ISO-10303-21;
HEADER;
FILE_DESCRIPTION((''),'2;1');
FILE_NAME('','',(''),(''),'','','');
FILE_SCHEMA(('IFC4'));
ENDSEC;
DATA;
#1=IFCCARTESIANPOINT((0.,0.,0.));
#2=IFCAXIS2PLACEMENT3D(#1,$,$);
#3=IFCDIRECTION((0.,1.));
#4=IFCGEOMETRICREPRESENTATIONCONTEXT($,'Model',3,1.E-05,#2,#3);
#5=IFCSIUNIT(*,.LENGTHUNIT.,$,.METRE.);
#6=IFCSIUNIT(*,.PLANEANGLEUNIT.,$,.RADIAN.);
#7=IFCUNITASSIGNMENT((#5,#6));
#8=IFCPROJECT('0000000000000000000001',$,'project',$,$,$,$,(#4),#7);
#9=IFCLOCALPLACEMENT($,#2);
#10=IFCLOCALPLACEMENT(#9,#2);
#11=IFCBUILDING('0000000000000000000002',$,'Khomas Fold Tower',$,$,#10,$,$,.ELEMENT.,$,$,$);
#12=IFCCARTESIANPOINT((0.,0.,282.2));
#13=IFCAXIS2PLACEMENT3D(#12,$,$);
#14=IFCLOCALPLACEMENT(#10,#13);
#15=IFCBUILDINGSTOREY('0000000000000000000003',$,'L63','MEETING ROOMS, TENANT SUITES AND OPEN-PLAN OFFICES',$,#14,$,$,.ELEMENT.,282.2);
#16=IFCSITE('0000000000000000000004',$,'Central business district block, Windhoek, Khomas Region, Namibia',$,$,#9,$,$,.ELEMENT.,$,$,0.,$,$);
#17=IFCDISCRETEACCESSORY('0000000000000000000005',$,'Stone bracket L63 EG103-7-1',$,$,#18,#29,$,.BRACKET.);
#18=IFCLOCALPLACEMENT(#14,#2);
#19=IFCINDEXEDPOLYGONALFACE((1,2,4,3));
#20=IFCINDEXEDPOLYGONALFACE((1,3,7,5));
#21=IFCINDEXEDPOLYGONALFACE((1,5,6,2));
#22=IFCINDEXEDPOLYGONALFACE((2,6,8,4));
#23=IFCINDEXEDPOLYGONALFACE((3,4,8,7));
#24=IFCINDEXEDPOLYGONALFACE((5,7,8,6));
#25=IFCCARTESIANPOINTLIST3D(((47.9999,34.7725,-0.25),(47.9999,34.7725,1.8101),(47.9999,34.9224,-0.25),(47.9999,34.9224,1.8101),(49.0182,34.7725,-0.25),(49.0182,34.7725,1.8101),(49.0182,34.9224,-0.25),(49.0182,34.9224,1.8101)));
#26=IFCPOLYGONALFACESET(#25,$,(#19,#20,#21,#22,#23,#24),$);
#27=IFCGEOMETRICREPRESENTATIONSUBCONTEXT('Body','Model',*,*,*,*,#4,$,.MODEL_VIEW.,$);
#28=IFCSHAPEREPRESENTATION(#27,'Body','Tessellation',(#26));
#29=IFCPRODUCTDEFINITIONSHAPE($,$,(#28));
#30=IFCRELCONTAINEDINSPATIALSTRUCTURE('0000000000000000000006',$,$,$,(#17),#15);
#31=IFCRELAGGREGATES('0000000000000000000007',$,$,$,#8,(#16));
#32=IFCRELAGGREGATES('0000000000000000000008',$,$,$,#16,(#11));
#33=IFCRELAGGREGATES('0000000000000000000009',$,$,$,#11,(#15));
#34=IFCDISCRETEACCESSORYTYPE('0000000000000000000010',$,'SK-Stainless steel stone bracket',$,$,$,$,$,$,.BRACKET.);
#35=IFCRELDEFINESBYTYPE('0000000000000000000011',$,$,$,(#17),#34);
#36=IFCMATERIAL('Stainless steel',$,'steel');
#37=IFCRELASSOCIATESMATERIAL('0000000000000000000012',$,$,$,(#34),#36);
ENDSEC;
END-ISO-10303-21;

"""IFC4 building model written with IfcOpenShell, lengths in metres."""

from ifc_helpers import new_model, si_unit, direction, frame, origin, origin_2d, place, context, subcontext, project, spatial, rectangle, extrude, source, transform, mapped, material, type_object, element, save


model = new_model("IFC4")

# Units and contexts
model_context = context("Model", 3, precision=1e-05, world=origin(), true_north=direction((0.0, 1.0)))
body_context = subcontext(model_context, "Body", "Model", "MODEL_VIEW")
ifc_project = project(units=[si_unit("LENGTHUNIT", "METRE"), si_unit("PLANEANGLEUNIT", "RADIAN")], contexts=[model_context])

# Site, building, storey
site_placement = place(None, origin())
site = spatial("IfcSite", under=ifc_project, at=site_placement, Name="Central business district block, Windhoek, Khomas Region, Namibia", CompositionType="ELEMENT", RefElevation=0.0)
building_placement = place(site_placement, origin())
building = spatial("IfcBuilding", under=site, at=building_placement, Name="Khomas Fold Tower", CompositionType="ELEMENT")
storey_placement = place(building_placement, frame((0.0, 0.0, 282.2)))
storey = spatial("IfcBuildingStorey", under=building, at=storey_placement, Name="L63", Description="MEETING ROOMS, TENANT SUITES AND OPEN-PLAN OFFICES", CompositionType="ELEMENT", Elevation=282.2)

# Discrete accessory
ifc_material_1 = material(Name="Stainless steel", Category="steel")
discrete_accessory_type = type_object("IfcDiscreteAccessoryType", Name="SK-Stainless steel stone bracket", PredefinedType="BRACKET", material=ifc_material_1)
shared_shape_1 = source(origin(), body_context, "Body", "SweptSolid", [
    extrude(rectangle(XDim=1.0183, YDim=0.1499, at=origin_2d()), origin(), (0.0, 0.0, 1.0), 2.0601),
])
discrete_accessory_placement = place(storey_placement, frame((48.509, 34.8474, -0.25), z_axis=(0.0, 0.0, 1.0), x_axis=(1.0, 0.0, 0.0)))
element("IfcDiscreteAccessory", 1, at=discrete_accessory_placement, inside=storey, type_object=discrete_accessory_type, Name="Stone bracket L63 EG103-7-1", PredefinedType="BRACKET", context=body_context, shape_type="MappedRepresentation", body=[
    mapped(shared_shape_1, transform((0.0, 0.0, 0.0))),
])

save(model, "model.ifc")
